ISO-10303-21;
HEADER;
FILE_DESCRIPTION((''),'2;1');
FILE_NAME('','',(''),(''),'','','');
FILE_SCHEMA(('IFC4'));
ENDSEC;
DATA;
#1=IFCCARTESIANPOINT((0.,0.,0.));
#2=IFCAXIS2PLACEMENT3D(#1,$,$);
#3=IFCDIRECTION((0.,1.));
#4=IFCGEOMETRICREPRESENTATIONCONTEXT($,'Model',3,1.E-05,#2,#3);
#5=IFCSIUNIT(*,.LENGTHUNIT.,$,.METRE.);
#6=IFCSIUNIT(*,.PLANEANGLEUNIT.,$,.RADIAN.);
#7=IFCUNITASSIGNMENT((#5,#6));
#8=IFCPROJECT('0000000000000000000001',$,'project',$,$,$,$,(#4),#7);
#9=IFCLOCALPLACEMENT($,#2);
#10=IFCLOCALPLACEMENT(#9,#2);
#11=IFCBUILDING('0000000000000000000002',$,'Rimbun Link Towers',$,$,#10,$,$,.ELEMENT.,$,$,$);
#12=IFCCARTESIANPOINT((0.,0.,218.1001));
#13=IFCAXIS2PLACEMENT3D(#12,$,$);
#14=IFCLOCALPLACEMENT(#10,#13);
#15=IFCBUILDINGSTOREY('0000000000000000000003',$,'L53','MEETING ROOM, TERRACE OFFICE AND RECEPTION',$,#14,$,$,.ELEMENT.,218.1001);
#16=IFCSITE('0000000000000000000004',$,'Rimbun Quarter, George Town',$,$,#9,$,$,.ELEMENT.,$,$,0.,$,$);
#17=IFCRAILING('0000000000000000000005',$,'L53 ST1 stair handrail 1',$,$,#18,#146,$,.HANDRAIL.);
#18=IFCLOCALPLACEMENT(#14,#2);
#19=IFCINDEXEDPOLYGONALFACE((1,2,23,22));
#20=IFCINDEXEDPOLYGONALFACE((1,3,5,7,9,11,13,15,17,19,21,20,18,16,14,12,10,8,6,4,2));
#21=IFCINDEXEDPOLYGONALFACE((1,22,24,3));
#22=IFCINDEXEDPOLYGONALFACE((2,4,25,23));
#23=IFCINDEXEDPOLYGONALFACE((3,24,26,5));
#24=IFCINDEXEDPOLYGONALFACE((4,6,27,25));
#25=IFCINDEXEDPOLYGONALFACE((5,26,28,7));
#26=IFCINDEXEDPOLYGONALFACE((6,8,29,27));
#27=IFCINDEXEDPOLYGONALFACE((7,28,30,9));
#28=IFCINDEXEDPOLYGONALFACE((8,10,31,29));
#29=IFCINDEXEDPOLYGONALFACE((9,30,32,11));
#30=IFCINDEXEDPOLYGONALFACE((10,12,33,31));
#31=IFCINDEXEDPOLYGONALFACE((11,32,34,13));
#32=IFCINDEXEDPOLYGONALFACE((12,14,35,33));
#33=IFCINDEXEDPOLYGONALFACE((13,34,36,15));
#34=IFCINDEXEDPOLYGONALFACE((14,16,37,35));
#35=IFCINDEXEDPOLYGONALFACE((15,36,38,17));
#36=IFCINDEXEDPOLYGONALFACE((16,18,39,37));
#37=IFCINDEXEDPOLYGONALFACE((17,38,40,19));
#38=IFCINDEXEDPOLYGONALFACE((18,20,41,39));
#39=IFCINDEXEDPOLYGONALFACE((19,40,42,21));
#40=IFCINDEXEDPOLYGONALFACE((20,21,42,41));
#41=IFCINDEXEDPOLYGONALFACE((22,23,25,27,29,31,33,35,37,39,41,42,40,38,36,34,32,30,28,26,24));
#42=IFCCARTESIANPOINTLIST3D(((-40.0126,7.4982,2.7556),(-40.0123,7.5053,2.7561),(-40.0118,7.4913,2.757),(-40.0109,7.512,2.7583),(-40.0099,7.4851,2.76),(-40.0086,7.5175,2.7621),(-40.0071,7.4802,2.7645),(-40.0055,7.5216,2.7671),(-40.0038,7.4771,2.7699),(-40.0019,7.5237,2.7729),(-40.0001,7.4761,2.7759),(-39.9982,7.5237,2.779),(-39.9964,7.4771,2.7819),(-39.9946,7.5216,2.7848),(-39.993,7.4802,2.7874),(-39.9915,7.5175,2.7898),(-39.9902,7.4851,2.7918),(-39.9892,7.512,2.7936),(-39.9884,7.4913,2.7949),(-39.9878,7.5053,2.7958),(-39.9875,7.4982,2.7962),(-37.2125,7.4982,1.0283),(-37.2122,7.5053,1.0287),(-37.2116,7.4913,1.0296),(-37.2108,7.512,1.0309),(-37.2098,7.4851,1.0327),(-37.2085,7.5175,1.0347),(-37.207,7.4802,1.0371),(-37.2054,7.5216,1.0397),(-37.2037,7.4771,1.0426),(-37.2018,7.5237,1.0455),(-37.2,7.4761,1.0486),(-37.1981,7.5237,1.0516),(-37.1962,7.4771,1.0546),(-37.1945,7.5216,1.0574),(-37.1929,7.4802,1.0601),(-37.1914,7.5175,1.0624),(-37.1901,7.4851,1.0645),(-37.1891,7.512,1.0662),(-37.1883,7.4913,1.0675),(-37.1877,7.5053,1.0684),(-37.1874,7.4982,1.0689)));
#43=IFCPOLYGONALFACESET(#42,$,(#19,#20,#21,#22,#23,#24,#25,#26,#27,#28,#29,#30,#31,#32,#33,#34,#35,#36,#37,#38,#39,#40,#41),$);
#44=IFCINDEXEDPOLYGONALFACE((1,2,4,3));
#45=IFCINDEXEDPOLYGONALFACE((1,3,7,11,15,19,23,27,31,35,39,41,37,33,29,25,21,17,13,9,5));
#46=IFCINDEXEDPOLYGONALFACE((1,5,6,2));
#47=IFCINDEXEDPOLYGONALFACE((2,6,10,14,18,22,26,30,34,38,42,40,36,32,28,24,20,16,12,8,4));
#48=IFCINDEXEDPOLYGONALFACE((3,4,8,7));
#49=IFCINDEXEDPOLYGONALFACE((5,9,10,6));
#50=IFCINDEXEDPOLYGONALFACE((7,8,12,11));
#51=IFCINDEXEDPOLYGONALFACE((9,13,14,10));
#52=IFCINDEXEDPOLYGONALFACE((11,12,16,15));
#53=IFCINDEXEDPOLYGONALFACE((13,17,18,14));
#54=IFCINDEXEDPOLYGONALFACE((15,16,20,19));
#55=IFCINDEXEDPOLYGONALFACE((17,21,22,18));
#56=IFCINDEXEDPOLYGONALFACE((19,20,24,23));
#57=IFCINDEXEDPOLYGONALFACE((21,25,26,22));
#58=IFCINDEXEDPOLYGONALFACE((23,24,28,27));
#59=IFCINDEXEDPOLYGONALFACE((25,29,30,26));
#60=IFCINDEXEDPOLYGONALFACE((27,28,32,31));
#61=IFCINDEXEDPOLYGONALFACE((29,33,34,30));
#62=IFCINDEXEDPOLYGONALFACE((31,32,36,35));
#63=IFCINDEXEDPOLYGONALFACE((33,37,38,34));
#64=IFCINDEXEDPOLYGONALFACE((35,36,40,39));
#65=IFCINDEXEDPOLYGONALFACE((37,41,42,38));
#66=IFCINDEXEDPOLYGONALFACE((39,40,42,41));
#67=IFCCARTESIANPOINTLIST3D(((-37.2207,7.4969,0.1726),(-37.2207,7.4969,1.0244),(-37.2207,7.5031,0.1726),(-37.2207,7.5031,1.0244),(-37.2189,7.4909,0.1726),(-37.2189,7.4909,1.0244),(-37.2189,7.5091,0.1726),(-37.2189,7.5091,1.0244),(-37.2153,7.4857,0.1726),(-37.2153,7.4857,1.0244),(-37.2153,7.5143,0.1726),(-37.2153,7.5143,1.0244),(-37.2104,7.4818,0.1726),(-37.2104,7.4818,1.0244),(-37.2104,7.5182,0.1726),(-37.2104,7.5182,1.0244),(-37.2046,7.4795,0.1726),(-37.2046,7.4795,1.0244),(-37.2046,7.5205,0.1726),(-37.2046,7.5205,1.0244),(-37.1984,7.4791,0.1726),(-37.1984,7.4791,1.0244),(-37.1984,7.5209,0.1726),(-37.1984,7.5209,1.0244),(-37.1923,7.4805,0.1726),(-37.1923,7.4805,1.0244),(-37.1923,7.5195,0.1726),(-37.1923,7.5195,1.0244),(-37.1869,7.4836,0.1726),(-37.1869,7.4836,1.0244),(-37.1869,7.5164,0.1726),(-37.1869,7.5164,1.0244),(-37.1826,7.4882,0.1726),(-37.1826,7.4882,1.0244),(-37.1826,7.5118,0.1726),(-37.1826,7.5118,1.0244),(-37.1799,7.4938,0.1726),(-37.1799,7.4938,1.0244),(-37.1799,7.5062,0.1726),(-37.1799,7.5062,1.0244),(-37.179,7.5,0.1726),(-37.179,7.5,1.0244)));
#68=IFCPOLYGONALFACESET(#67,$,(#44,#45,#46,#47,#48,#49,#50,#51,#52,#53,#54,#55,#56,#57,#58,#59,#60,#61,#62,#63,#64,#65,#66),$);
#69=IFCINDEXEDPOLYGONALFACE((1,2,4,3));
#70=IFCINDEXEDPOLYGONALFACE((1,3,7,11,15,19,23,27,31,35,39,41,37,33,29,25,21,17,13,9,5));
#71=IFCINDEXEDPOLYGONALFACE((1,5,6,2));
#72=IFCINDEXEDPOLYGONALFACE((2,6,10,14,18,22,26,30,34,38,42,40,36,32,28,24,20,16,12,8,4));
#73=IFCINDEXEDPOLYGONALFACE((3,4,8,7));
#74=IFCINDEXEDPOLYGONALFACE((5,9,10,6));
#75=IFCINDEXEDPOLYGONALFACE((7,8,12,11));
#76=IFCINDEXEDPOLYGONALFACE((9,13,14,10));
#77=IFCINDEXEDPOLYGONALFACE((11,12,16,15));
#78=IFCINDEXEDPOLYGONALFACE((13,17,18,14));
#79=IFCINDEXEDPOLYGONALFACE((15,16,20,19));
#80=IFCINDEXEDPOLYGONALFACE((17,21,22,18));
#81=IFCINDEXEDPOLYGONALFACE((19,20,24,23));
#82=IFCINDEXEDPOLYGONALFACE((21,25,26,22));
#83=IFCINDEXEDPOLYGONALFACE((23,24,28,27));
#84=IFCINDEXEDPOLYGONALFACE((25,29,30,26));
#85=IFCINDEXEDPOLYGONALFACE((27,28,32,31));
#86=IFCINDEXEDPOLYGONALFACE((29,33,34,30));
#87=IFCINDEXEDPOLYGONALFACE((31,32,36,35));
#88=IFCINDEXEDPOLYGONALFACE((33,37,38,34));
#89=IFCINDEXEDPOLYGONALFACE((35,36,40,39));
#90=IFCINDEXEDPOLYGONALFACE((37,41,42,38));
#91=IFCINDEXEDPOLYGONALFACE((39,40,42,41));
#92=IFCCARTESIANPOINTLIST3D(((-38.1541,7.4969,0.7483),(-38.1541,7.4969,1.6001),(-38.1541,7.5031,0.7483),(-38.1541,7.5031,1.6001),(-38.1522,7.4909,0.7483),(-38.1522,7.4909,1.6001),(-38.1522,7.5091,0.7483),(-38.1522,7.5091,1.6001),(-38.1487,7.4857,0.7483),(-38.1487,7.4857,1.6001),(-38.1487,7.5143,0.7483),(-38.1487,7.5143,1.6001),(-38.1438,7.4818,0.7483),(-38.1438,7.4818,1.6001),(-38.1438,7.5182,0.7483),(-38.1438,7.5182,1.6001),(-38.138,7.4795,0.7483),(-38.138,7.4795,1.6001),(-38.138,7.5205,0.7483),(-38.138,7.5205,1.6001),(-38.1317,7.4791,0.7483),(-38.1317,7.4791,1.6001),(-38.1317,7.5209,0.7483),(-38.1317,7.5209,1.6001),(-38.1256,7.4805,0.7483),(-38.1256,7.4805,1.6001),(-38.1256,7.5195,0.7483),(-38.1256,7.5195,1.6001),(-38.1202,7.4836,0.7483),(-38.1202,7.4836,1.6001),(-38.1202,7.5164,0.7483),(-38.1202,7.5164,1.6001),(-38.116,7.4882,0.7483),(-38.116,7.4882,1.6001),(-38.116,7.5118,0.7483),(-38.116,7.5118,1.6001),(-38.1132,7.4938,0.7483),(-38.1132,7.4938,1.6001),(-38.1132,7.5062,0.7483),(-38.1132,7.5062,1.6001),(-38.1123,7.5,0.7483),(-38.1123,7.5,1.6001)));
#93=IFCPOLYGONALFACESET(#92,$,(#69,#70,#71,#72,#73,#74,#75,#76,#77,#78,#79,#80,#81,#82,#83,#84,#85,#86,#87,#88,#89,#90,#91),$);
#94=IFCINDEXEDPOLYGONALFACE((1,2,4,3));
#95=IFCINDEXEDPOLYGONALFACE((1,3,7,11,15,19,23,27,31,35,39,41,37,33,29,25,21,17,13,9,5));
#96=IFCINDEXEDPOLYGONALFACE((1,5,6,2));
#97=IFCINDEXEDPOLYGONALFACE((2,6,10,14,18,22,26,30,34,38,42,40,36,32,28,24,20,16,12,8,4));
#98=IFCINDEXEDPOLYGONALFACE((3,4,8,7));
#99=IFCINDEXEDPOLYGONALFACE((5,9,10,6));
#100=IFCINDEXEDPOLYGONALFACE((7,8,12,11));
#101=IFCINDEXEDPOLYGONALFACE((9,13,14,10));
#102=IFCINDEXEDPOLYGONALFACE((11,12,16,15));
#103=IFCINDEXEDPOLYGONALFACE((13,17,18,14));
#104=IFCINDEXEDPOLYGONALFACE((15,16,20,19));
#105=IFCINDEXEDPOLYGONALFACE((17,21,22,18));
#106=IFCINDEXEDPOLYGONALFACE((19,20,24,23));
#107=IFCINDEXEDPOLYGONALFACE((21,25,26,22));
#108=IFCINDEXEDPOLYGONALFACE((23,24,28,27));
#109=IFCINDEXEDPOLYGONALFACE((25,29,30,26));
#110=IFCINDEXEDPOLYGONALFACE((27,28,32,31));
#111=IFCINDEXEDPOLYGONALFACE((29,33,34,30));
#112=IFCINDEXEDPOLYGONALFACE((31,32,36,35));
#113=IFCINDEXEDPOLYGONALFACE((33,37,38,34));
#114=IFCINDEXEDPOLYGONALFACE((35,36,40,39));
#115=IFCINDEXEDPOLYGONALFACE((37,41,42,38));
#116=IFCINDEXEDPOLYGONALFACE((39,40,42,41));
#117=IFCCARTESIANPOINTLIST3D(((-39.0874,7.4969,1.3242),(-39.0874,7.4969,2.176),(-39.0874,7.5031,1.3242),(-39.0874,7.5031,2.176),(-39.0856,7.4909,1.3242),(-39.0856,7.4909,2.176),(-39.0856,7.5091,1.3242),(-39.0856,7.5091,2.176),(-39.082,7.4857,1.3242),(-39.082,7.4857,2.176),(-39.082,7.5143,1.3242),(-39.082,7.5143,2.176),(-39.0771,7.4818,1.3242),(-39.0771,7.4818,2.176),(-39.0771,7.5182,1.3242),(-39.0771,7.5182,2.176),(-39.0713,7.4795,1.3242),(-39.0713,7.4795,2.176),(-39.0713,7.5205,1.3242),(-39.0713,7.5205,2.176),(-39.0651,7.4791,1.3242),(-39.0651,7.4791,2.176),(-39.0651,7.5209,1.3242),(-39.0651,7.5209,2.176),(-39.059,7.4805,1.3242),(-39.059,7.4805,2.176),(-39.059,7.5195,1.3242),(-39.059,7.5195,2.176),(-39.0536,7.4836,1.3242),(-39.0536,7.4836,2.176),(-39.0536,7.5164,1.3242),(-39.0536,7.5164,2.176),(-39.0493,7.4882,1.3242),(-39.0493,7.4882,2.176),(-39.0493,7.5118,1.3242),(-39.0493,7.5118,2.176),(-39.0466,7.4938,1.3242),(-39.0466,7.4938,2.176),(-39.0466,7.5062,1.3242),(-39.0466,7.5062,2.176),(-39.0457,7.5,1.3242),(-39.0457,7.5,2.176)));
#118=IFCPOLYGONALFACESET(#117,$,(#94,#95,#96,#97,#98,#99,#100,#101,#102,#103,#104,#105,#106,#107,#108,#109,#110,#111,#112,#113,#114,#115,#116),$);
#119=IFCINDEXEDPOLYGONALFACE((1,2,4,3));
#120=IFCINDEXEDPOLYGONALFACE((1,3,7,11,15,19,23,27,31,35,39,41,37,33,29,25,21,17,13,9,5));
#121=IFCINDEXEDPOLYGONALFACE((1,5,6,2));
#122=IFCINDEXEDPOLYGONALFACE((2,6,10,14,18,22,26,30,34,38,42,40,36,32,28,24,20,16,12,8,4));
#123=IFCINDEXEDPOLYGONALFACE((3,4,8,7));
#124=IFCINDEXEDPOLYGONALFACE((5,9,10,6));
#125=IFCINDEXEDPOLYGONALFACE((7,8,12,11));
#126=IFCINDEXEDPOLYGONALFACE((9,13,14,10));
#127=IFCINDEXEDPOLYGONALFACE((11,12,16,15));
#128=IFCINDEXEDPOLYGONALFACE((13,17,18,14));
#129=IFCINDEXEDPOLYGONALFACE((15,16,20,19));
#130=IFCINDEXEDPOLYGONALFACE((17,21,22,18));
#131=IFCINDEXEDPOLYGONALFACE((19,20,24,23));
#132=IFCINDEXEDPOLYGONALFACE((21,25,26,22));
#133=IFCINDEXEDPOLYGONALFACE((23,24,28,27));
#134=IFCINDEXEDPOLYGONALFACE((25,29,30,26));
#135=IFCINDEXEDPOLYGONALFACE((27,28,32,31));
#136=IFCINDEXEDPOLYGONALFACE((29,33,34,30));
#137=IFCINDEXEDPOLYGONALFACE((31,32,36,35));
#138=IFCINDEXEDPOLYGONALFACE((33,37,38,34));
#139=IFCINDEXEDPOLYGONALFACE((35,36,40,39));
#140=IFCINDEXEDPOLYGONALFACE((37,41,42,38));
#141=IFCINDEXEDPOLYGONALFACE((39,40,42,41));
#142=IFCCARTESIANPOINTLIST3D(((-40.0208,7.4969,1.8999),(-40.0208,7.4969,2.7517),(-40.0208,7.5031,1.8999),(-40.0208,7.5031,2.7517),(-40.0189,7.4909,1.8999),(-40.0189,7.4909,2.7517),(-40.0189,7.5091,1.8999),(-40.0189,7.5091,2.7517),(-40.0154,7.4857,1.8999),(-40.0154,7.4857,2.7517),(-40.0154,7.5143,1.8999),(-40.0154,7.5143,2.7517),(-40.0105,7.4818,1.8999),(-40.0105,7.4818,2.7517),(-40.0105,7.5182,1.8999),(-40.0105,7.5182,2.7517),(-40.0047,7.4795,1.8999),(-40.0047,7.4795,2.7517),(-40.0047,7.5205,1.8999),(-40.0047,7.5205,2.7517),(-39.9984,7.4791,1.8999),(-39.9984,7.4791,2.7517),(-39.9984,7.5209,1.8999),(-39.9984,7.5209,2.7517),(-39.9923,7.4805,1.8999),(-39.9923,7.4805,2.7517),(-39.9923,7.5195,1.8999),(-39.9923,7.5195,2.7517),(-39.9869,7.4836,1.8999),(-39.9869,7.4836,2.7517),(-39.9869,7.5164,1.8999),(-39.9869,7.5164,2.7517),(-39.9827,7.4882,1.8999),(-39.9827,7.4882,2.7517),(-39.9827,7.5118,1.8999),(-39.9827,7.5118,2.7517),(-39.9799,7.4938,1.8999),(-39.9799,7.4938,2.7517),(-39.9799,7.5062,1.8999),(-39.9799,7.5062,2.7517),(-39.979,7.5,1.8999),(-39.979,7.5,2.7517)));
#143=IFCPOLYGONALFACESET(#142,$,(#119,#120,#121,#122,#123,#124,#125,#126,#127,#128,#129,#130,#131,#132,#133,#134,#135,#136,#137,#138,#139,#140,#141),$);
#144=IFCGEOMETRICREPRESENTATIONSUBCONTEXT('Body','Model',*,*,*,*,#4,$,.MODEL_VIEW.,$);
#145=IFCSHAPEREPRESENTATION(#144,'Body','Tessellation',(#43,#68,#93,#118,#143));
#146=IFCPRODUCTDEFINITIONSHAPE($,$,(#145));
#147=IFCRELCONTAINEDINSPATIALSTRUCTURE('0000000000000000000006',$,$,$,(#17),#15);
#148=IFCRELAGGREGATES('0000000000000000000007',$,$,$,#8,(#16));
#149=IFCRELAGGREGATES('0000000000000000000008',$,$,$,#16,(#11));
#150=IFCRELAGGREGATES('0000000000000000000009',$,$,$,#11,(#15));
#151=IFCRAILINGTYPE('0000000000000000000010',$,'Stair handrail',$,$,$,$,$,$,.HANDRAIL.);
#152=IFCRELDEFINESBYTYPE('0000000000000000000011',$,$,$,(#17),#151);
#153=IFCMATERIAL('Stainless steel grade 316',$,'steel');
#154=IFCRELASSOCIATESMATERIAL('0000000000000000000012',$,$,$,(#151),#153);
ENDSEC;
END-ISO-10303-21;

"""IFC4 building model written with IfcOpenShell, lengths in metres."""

from ifc_helpers import new_model, si_unit, direction, frame, origin, origin_2d, place, context, subcontext, project, spatial, circle, extrude, material, type_object, element, save


model = new_model("IFC4")

# Units and contexts
model_context = context("Model", 3, precision=1e-05, world=origin(), true_north=direction((0.0, 1.0)))
body_context = subcontext(model_context, "Body", "Model", "MODEL_VIEW")
ifc_project = project(units=[si_unit("LENGTHUNIT", "METRE"), si_unit("PLANEANGLEUNIT", "RADIAN")], contexts=[model_context])

# Site, building, storey
site_placement = place(None, origin())
site = spatial("IfcSite", under=ifc_project, at=site_placement, Name="Rimbun Quarter, George Town", CompositionType="ELEMENT", RefElevation=0.0)
building_placement = place(site_placement, origin())
building = spatial("IfcBuilding", under=site, at=building_placement, Name="Rimbun Link Towers", CompositionType="ELEMENT")
storey_placement = place(building_placement, frame((0.0, 0.0, 218.1001)))
storey = spatial("IfcBuildingStorey", under=building, at=storey_placement, Name="L53", Description="MEETING ROOM, TERRACE OFFICE AND RECEPTION", CompositionType="ELEMENT", Elevation=218.1001)

# Railing
ifc_material_1 = material(Name="Stainless steel grade 316", Category="steel")
railing_type_1 = type_object("IfcRailingType", Name="Stair handrail", PredefinedType="HANDRAIL", material=ifc_material_1)
railing_1_placement = place(storey_placement, frame((-37.2, 7.5, 0.1726)))
element("IfcRailing", 1, at=railing_1_placement, inside=storey, type_object=railing_type_1, Name="L53 ST1 stair handrail 1", PredefinedType="HANDRAIL", context=body_context, shape_type="SweptSolid", body=[
    extrude(circle(Radius=0.0239, at=origin_2d()), frame((0.0, 0.0, 0.876), z_axis=(-0.85109, 0.0, 0.52502), x_axis=(0.0, -1.0, 0.0)), (0.0, 0.0, 1.0), 3.29),
    extrude(circle(Radius=0.021, at=origin_2d()), origin(), (0.0, 0.0, 1.0), 0.8518),
    extrude(circle(Radius=0.021, at=origin_2d()), frame((-0.9333, 0.0, 0.5757)), (0.0, 0.0, 1.0), 0.8518),
    extrude(circle(Radius=0.021, at=origin_2d()), frame((-1.8667, 0.0, 1.1516)), (0.0, 0.0, 1.0), 0.8518),
    extrude(circle(Radius=0.021, at=origin_2d()), frame((-2.8, 0.0, 1.7273)), (0.0, 0.0, 1.0), 0.8518),
])

save(model, "model.ifc")
